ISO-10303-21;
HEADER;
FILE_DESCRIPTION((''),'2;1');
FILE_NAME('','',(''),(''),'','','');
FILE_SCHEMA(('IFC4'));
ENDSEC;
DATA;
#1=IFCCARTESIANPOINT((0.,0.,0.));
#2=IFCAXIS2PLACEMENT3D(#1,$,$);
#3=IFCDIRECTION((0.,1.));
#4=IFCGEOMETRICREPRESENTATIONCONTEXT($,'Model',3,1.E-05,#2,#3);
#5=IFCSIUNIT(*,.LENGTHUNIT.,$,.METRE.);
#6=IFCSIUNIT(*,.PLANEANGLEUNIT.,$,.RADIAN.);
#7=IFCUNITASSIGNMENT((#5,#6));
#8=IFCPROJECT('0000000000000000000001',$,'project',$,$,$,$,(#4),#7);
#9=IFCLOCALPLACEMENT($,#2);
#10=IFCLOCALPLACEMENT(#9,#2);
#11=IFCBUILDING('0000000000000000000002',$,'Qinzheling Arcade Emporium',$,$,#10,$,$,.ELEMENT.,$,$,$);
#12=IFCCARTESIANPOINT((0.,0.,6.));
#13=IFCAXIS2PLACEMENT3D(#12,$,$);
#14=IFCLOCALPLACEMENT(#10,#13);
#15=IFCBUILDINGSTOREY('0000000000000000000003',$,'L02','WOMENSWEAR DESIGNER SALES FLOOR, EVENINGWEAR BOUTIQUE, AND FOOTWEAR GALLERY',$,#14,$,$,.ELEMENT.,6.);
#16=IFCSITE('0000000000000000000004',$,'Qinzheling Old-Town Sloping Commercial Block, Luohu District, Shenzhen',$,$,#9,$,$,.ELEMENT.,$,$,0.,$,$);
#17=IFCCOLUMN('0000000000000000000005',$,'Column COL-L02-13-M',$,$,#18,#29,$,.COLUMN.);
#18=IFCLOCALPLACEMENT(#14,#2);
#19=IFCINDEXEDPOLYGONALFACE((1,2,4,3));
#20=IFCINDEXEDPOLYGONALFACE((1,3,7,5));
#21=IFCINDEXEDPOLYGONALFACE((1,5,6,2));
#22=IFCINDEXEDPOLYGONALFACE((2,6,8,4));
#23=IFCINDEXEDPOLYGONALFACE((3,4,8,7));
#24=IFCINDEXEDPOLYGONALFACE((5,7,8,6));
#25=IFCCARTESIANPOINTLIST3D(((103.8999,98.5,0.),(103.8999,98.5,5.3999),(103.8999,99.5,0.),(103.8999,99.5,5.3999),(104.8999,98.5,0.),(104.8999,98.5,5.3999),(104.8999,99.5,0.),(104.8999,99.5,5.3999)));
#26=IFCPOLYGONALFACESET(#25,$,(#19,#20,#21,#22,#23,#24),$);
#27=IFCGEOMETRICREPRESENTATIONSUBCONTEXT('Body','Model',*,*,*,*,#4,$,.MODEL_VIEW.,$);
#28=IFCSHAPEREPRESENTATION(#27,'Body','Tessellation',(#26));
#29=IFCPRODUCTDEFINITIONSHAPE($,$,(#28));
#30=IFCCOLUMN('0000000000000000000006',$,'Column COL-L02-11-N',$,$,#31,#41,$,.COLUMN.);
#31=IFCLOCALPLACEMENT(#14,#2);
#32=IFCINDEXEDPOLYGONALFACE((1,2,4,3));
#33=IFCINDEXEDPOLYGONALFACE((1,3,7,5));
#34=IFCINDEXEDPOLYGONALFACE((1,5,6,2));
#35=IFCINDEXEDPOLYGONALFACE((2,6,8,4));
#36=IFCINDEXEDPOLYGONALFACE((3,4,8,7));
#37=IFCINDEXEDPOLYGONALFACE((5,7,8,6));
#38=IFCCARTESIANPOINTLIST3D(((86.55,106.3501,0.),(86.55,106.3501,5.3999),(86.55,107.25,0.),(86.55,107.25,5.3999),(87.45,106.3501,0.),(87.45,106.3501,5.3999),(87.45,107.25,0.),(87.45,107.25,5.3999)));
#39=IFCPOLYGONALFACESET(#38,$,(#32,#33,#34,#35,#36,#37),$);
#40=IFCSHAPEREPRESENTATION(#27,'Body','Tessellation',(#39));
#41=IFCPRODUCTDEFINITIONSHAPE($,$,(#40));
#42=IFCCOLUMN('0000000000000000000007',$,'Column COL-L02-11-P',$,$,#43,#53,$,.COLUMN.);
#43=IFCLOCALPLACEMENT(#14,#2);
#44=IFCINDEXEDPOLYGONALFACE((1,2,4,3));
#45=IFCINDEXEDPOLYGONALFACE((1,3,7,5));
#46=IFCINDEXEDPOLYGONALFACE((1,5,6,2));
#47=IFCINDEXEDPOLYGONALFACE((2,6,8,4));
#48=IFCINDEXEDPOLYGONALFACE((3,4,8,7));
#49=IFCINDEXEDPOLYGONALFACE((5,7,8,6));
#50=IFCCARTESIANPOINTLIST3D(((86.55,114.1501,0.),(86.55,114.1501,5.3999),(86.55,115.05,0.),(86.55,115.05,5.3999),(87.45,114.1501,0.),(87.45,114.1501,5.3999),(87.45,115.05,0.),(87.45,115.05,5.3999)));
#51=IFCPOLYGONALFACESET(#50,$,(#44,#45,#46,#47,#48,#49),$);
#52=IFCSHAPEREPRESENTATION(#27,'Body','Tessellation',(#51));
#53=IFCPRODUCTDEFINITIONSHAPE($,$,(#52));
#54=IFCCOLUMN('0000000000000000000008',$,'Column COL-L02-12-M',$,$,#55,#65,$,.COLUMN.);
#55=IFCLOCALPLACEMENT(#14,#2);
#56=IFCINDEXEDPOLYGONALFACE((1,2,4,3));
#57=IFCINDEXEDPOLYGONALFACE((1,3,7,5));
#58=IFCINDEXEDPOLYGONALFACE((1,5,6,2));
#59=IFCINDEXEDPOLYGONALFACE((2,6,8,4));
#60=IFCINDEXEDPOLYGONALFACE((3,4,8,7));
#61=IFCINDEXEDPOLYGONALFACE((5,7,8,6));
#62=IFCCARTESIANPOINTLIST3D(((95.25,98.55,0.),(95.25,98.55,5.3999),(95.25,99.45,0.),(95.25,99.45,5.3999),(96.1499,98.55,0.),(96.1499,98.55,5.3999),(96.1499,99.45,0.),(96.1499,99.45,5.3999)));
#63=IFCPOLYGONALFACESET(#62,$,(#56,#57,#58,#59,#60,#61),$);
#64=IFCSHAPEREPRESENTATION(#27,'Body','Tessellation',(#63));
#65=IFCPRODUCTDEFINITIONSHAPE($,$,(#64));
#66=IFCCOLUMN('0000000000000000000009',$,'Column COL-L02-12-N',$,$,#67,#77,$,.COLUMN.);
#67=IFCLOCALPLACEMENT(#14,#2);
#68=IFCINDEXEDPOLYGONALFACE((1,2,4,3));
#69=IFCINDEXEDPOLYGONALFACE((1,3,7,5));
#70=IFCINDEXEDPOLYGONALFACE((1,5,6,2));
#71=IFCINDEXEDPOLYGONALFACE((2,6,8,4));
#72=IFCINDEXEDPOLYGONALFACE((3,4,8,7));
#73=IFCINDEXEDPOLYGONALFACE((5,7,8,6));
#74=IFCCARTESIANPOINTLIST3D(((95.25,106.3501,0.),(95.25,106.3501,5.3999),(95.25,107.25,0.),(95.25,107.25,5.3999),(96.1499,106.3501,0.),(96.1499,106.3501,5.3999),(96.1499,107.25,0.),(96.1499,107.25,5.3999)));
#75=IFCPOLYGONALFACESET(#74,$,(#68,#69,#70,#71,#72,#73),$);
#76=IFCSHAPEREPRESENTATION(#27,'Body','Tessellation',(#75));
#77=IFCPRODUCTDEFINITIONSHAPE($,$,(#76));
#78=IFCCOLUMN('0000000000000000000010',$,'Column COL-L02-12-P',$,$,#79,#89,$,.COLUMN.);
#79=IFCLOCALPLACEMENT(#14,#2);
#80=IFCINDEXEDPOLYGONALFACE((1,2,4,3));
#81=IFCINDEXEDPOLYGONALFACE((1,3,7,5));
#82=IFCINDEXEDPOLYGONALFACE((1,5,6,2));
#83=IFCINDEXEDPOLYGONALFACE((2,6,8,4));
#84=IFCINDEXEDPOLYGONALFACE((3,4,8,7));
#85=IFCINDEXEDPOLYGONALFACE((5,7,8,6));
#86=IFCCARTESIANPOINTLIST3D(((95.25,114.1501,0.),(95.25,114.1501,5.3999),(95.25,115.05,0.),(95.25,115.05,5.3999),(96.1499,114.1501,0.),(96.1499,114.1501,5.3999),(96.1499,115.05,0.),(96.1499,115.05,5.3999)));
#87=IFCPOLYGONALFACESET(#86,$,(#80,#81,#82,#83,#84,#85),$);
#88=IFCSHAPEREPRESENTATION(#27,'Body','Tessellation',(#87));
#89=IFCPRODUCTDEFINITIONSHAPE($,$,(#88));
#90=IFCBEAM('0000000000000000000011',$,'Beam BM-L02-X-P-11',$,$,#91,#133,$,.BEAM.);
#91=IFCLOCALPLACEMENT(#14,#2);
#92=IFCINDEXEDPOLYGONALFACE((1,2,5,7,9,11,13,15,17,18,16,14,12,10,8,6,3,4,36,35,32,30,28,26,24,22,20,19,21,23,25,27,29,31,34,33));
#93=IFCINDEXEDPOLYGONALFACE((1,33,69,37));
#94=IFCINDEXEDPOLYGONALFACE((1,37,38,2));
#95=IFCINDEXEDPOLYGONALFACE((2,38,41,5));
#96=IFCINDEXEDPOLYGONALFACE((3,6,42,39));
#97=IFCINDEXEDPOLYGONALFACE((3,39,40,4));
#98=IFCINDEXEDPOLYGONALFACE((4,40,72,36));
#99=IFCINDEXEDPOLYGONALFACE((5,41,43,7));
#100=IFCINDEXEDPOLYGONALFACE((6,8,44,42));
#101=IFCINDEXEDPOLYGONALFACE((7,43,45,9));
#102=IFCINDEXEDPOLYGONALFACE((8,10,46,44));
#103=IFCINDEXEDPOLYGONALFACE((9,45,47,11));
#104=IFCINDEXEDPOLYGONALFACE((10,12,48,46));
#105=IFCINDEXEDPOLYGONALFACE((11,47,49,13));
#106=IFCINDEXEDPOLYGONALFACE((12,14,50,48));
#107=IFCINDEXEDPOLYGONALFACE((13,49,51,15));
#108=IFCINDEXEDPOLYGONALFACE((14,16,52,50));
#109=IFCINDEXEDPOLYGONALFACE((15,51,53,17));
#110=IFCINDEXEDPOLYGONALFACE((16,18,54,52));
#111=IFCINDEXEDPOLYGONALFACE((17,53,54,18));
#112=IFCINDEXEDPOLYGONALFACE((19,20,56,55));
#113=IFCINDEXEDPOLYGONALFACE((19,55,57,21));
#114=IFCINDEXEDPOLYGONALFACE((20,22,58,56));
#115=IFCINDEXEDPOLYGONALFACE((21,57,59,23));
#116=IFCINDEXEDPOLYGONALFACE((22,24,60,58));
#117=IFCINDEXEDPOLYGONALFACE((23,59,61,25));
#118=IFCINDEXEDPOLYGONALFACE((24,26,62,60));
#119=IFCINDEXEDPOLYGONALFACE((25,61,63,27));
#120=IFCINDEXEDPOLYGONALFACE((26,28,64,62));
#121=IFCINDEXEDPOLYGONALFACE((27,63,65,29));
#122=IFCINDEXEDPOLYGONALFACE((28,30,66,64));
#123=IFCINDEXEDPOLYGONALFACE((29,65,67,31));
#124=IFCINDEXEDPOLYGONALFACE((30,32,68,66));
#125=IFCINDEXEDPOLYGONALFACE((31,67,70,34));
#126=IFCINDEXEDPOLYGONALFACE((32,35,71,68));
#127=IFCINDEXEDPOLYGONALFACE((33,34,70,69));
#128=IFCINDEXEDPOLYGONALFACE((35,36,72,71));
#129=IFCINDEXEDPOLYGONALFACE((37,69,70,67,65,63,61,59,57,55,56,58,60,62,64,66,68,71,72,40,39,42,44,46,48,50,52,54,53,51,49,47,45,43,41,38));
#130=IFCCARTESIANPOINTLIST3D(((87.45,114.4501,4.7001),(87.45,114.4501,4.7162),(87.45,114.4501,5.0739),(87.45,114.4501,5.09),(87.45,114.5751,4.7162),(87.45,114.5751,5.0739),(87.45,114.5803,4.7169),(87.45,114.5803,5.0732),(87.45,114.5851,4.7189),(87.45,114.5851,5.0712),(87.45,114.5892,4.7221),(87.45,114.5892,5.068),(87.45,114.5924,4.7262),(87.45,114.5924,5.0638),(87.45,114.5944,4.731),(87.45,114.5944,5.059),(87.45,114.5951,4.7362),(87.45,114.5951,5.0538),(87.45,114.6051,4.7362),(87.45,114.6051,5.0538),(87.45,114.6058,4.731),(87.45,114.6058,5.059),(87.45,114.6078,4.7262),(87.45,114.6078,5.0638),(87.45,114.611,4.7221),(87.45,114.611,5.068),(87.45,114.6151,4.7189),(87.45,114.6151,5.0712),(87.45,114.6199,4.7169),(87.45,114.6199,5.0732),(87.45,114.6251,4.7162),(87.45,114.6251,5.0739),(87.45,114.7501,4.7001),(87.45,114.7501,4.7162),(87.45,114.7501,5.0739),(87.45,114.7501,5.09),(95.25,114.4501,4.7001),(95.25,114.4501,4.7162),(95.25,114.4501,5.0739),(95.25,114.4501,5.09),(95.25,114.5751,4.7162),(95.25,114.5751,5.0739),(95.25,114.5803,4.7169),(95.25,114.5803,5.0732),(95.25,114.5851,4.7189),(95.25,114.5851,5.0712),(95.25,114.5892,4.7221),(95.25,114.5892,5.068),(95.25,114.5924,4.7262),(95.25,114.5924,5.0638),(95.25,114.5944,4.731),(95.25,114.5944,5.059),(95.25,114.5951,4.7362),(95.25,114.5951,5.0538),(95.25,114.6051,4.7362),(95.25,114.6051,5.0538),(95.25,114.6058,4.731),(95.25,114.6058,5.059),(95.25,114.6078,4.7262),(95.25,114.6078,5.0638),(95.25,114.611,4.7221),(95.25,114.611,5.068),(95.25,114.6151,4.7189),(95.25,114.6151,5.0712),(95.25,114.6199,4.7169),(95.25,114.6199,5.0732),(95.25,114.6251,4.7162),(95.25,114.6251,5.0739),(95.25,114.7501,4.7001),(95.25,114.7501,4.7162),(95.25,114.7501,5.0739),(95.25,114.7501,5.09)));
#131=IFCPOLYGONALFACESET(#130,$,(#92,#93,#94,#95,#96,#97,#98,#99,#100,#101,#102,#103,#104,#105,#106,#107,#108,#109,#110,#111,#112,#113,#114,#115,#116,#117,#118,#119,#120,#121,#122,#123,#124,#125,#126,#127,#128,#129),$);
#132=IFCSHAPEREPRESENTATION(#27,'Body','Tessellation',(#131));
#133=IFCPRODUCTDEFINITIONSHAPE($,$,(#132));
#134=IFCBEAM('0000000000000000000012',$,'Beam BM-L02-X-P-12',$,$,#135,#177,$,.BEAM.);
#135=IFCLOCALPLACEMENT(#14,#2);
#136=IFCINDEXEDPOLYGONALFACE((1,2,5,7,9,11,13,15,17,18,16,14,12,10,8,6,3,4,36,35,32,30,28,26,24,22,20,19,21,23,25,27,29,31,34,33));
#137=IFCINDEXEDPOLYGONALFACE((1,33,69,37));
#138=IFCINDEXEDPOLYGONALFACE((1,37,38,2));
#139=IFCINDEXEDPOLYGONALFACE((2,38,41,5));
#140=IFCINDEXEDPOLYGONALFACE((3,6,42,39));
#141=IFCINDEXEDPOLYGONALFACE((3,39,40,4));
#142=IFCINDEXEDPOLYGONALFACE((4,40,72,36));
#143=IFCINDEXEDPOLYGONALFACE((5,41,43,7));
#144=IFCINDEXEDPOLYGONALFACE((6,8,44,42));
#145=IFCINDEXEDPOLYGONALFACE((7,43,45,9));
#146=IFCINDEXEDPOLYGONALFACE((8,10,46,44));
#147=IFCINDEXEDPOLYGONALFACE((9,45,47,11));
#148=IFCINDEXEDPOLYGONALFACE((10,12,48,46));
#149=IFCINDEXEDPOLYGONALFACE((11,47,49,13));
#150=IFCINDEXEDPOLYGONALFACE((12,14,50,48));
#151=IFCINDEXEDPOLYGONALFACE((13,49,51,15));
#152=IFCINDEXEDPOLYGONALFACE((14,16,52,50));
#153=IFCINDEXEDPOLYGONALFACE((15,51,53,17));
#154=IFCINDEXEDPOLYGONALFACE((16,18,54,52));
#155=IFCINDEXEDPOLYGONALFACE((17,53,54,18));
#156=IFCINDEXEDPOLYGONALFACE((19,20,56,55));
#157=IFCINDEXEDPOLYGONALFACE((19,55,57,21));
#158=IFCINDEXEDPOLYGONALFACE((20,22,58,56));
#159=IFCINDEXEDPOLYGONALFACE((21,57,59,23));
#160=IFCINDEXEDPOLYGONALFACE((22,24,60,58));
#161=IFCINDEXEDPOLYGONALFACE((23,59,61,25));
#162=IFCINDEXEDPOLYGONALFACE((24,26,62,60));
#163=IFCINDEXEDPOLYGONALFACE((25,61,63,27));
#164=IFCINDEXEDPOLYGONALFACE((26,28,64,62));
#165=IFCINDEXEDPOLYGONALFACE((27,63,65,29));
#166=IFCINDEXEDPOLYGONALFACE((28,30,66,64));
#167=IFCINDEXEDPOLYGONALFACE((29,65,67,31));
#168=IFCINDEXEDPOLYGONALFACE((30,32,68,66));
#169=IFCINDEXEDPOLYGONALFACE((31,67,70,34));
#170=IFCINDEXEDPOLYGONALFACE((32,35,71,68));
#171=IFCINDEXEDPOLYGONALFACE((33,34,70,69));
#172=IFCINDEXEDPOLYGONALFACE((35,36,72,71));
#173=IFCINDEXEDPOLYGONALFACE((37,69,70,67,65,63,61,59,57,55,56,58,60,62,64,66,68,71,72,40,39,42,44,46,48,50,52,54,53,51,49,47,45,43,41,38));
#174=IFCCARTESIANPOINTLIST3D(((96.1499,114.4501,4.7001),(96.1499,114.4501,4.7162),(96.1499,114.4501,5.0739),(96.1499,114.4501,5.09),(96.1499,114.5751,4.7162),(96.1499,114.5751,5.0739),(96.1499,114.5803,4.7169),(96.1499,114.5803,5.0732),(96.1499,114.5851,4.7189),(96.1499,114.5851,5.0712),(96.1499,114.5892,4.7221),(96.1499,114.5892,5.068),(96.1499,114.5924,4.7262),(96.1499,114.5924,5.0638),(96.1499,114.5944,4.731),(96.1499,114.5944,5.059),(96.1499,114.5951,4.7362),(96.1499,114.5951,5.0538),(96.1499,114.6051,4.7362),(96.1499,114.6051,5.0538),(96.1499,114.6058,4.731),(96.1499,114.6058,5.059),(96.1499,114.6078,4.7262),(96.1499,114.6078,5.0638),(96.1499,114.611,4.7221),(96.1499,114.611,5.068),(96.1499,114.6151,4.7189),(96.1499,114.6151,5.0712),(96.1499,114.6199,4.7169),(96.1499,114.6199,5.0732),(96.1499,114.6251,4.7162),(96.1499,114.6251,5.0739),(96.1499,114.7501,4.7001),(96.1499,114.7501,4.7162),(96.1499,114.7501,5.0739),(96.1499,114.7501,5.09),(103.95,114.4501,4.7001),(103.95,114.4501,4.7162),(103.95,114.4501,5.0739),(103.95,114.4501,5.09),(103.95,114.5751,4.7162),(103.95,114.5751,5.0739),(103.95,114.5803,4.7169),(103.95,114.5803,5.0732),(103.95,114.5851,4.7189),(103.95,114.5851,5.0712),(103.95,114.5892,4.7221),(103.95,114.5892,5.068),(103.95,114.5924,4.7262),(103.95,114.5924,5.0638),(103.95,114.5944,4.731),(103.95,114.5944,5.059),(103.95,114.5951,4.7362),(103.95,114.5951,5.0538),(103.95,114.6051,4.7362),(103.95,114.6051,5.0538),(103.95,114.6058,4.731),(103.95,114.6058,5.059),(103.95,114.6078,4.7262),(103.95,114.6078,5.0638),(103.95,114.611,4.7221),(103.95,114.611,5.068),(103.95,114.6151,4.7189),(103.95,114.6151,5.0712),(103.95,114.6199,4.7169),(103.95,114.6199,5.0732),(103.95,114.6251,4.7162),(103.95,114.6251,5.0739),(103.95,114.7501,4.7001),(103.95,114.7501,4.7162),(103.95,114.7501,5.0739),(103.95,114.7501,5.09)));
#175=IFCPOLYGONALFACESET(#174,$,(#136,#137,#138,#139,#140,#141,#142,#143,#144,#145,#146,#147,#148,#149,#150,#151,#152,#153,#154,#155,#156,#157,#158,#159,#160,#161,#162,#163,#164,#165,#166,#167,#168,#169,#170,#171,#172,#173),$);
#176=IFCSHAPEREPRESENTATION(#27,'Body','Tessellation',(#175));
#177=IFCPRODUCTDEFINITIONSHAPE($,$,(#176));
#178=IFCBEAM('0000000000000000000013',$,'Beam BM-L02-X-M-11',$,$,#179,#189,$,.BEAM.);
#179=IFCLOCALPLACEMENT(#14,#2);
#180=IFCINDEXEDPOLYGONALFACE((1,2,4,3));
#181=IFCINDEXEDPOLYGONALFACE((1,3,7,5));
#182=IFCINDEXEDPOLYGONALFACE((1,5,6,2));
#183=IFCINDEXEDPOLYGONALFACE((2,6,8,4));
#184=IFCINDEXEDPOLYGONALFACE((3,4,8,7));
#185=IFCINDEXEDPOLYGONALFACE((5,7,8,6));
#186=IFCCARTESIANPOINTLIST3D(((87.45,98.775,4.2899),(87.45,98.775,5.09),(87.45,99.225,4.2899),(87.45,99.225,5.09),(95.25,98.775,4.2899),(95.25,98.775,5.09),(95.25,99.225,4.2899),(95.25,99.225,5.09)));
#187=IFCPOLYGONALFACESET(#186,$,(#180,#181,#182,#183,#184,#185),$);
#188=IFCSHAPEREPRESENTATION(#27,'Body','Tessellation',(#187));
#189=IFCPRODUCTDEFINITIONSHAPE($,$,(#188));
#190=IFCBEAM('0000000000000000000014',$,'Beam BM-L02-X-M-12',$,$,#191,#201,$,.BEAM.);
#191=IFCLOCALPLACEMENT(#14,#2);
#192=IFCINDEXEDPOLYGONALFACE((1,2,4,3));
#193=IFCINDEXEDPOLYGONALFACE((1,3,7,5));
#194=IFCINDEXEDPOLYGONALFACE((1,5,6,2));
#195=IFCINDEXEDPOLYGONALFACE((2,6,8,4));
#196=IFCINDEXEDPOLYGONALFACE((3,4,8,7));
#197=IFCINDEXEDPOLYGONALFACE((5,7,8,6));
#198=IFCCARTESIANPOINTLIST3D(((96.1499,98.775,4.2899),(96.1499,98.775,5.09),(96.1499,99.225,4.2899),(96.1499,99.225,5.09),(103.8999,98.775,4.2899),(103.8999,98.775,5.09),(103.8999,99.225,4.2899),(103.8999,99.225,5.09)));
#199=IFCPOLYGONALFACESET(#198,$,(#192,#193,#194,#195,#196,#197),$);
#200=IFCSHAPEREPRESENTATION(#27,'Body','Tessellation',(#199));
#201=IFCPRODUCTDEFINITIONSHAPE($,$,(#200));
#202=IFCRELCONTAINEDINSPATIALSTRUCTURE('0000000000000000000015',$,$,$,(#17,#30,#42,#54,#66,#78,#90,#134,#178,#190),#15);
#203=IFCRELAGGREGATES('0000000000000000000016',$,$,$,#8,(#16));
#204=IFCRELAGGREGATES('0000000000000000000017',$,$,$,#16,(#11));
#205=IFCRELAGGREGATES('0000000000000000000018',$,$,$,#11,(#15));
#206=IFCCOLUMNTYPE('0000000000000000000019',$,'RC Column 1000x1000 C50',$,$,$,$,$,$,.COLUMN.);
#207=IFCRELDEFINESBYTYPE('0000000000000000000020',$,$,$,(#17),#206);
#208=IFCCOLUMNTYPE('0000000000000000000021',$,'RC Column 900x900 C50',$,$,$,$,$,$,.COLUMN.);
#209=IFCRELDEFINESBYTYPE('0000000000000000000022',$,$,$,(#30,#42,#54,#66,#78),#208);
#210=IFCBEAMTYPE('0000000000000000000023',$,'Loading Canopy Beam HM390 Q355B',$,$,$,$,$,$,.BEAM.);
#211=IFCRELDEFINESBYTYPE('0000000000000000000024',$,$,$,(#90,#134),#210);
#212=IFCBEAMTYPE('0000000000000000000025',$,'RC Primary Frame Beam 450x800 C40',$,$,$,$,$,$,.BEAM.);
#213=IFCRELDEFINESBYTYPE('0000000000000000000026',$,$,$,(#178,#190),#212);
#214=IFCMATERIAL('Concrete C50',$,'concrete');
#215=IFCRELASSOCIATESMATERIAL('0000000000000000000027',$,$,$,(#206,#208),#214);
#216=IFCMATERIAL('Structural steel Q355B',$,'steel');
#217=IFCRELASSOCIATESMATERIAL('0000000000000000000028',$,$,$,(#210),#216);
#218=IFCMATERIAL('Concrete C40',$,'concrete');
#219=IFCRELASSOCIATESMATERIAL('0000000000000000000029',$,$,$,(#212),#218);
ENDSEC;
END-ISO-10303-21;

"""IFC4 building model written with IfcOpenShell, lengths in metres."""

from ifc_helpers import new_model, si_unit, direction, frame, origin, origin_2d, place, context, subcontext, project, spatial, rectangle, i_section, extrude, material, material_profile, profile_set, type_object, element, save


model = new_model("IFC4")

# Units and contexts
model_context = context("Model", 3, precision=1e-05, world=origin(), true_north=direction((0.0, 1.0)))
body_context = subcontext(model_context, "Body", "Model", "MODEL_VIEW")
ifc_project = project(units=[si_unit("LENGTHUNIT", "METRE"), si_unit("PLANEANGLEUNIT", "RADIAN")], contexts=[model_context])

# Site, building, storey
site_placement = place(None, origin())
site = spatial("IfcSite", under=ifc_project, at=site_placement, Name="Qinzheling Old-Town Sloping Commercial Block, Luohu District, Shenzhen", CompositionType="ELEMENT", RefElevation=0.0)
building_placement = place(site_placement, origin())
building = spatial("IfcBuilding", under=site, at=building_placement, Name="Qinzheling Arcade Emporium", CompositionType="ELEMENT")
storey_placement = place(building_placement, frame((0.0, 0.0, 6.0)))
storey = spatial("IfcBuildingStorey", under=building, at=storey_placement, Name="L02", Description="WOMENSWEAR DESIGNER SALES FLOOR, EVENINGWEAR BOUTIQUE, AND FOOTWEAR GALLERY", CompositionType="ELEMENT", Elevation=6.0)

# Columns
ifc_material_1 = material(Name="Concrete C50", Category="concrete")
ifc_material_profile_1 = material_profile(ifc_material_1, rectangle(XDim=1.0, YDim=1.0, at=origin_2d()), Name="RC 1000x1000", Category="concrete")
ifc_profile_set_1 = profile_set([ifc_material_profile_1], Name="Concrete C50")
column_type_1 = type_object("IfcColumnType", Name="RC Column 1000x1000 C50", PredefinedType="COLUMN", material=ifc_profile_set_1)
column_placement = place(storey_placement, frame((104.3999, 99.0, 0.0), z_axis=(0.0, 0.0, 1.0), x_axis=(1.0, 0.0, 0.0)))
element("IfcColumn", 1, at=column_placement, inside=storey, type_object=column_type_1, Name="Column COL-L02-13-M", PredefinedType="COLUMN", context=body_context, shape_type="SweptSolid", body=[
    extrude(rectangle(XDim=1.0, YDim=1.0, at=origin_2d()), origin(), (0.0, 0.0, 1.0), 5.3999),
])
ifc_material_profile_2 = material_profile(ifc_material_1, rectangle(XDim=0.8999, YDim=0.8999, at=origin_2d()), Name="RC 900x900", Category="concrete")
ifc_profile_set_2 = profile_set([ifc_material_profile_2], Name="Concrete C50")
column_type_2 = type_object("IfcColumnType", Name="RC Column 900x900 C50", PredefinedType="COLUMN", material=ifc_profile_set_2)
for number, where, z_axis, x_axis, name in (
    (2, (87.0, 106.8, 0.0), (0.0, 0.0, 1.0), (1.0, 0.0, 0.0), "Column COL-L02-11-N"),
    (3, (87.0, 114.6001, 0.0), (0.0, 0.0, 1.0), (1.0, 0.0, 0.0), "Column COL-L02-11-P"),
    (4, (95.7, 99.0, 0.0), (0.0, 0.0, 1.0), (1.0, 0.0, 0.0), "Column COL-L02-12-M"),
    (5, (95.7, 106.8, 0.0), (0.0, 0.0, 1.0), (1.0, 0.0, 0.0), "Column COL-L02-12-N"),
    (6, (95.7, 114.6001, 0.0), (0.0, 0.0, 1.0), (1.0, 0.0, 0.0), "Column COL-L02-12-P"),
):
    element("IfcColumn", number, at=place(storey_placement, frame(where, z_axis=z_axis, x_axis=x_axis)), inside=storey, type_object=column_type_2, Name=name, PredefinedType="COLUMN", context=body_context, shape_type="SweptSolid", body=[
        extrude(rectangle(XDim=0.8999, YDim=0.8999, at=origin_2d()), origin(), (0.0, 0.0, 1.0), 5.3999),
    ])

# Beams
ifc_material_2 = material(Name="Structural steel Q355B", Category="steel")
ifc_material_profile_3 = material_profile(ifc_material_2, i_section(OverallWidth=0.3, OverallDepth=0.3899, WebThickness=0.01, FlangeThickness=0.0161, FilletRadius=0.02, at=origin_2d()), Name="HM 390x300x10x16", Category="steel")
ifc_profile_set_3 = profile_set([ifc_material_profile_3], Name="Structural steel Q355B")
beam_type_1 = type_object("IfcBeamType", Name="Loading Canopy Beam HM390 Q355B", PredefinedType="BEAM", material=ifc_profile_set_3)
for number, where, z_axis, x_axis, name in (
    (7, (87.45, 114.6001, 4.895), (1.0, 0.0, 0.0), (0.0, 1.0, 0.0), "Beam BM-L02-X-P-11"),
    (8, (96.1499, 114.6001, 4.895), (1.0, 0.0, 0.0), (0.0, 1.0, 0.0), "Beam BM-L02-X-P-12"),
):
    element("IfcBeam", number, at=place(storey_placement, frame(where, z_axis=z_axis, x_axis=x_axis)), inside=storey, type_object=beam_type_1, Name=name, PredefinedType="BEAM", context=body_context, shape_type="SweptSolid", body=[
        extrude(i_section(OverallWidth=0.3, OverallDepth=0.3899, WebThickness=0.01, FlangeThickness=0.0161, FilletRadius=0.02, at=origin_2d()), origin(), (0.0, 0.0, 1.0), 7.8),
    ])
ifc_material_3 = material(Name="Concrete C40", Category="concrete")
ifc_material_profile_4 = material_profile(ifc_material_3, rectangle(XDim=0.45, YDim=0.8, at=origin_2d()), Name="RC 450x800", Category="concrete")
ifc_profile_set_4 = profile_set([ifc_material_profile_4], Name="Concrete C40")
beam_type_2 = type_object("IfcBeamType", Name="RC Primary Frame Beam 450x800 C40", PredefinedType="BEAM", material=ifc_profile_set_4)
beam_1_placement = place(storey_placement, frame((87.45, 99.0, 4.6899), z_axis=(1.0, 0.0, 0.0), x_axis=(0.0, 1.0, 0.0)))
element("IfcBeam", 9, at=beam_1_placement, inside=storey, type_object=beam_type_2, Name="Beam BM-L02-X-M-11", PredefinedType="BEAM", context=body_context, shape_type="SweptSolid", body=[
    extrude(rectangle(XDim=0.45, YDim=0.8, at=origin_2d()), origin(), (0.0, 0.0, 1.0), 7.8),
])
beam_2_placement = place(storey_placement, frame((96.1499, 99.0, 4.6899), z_axis=(1.0, 0.0, 0.0), x_axis=(0.0, 1.0, 0.0)))
element("IfcBeam", 10, at=beam_2_placement, inside=storey, type_object=beam_type_2, Name="Beam BM-L02-X-M-12", PredefinedType="BEAM", context=body_context, shape_type="SweptSolid", body=[
    extrude(rectangle(XDim=0.45, YDim=0.8, at=origin_2d()), origin(), (0.0, 0.0, 1.0), 7.75),
])

save(model, "model.ifc")
